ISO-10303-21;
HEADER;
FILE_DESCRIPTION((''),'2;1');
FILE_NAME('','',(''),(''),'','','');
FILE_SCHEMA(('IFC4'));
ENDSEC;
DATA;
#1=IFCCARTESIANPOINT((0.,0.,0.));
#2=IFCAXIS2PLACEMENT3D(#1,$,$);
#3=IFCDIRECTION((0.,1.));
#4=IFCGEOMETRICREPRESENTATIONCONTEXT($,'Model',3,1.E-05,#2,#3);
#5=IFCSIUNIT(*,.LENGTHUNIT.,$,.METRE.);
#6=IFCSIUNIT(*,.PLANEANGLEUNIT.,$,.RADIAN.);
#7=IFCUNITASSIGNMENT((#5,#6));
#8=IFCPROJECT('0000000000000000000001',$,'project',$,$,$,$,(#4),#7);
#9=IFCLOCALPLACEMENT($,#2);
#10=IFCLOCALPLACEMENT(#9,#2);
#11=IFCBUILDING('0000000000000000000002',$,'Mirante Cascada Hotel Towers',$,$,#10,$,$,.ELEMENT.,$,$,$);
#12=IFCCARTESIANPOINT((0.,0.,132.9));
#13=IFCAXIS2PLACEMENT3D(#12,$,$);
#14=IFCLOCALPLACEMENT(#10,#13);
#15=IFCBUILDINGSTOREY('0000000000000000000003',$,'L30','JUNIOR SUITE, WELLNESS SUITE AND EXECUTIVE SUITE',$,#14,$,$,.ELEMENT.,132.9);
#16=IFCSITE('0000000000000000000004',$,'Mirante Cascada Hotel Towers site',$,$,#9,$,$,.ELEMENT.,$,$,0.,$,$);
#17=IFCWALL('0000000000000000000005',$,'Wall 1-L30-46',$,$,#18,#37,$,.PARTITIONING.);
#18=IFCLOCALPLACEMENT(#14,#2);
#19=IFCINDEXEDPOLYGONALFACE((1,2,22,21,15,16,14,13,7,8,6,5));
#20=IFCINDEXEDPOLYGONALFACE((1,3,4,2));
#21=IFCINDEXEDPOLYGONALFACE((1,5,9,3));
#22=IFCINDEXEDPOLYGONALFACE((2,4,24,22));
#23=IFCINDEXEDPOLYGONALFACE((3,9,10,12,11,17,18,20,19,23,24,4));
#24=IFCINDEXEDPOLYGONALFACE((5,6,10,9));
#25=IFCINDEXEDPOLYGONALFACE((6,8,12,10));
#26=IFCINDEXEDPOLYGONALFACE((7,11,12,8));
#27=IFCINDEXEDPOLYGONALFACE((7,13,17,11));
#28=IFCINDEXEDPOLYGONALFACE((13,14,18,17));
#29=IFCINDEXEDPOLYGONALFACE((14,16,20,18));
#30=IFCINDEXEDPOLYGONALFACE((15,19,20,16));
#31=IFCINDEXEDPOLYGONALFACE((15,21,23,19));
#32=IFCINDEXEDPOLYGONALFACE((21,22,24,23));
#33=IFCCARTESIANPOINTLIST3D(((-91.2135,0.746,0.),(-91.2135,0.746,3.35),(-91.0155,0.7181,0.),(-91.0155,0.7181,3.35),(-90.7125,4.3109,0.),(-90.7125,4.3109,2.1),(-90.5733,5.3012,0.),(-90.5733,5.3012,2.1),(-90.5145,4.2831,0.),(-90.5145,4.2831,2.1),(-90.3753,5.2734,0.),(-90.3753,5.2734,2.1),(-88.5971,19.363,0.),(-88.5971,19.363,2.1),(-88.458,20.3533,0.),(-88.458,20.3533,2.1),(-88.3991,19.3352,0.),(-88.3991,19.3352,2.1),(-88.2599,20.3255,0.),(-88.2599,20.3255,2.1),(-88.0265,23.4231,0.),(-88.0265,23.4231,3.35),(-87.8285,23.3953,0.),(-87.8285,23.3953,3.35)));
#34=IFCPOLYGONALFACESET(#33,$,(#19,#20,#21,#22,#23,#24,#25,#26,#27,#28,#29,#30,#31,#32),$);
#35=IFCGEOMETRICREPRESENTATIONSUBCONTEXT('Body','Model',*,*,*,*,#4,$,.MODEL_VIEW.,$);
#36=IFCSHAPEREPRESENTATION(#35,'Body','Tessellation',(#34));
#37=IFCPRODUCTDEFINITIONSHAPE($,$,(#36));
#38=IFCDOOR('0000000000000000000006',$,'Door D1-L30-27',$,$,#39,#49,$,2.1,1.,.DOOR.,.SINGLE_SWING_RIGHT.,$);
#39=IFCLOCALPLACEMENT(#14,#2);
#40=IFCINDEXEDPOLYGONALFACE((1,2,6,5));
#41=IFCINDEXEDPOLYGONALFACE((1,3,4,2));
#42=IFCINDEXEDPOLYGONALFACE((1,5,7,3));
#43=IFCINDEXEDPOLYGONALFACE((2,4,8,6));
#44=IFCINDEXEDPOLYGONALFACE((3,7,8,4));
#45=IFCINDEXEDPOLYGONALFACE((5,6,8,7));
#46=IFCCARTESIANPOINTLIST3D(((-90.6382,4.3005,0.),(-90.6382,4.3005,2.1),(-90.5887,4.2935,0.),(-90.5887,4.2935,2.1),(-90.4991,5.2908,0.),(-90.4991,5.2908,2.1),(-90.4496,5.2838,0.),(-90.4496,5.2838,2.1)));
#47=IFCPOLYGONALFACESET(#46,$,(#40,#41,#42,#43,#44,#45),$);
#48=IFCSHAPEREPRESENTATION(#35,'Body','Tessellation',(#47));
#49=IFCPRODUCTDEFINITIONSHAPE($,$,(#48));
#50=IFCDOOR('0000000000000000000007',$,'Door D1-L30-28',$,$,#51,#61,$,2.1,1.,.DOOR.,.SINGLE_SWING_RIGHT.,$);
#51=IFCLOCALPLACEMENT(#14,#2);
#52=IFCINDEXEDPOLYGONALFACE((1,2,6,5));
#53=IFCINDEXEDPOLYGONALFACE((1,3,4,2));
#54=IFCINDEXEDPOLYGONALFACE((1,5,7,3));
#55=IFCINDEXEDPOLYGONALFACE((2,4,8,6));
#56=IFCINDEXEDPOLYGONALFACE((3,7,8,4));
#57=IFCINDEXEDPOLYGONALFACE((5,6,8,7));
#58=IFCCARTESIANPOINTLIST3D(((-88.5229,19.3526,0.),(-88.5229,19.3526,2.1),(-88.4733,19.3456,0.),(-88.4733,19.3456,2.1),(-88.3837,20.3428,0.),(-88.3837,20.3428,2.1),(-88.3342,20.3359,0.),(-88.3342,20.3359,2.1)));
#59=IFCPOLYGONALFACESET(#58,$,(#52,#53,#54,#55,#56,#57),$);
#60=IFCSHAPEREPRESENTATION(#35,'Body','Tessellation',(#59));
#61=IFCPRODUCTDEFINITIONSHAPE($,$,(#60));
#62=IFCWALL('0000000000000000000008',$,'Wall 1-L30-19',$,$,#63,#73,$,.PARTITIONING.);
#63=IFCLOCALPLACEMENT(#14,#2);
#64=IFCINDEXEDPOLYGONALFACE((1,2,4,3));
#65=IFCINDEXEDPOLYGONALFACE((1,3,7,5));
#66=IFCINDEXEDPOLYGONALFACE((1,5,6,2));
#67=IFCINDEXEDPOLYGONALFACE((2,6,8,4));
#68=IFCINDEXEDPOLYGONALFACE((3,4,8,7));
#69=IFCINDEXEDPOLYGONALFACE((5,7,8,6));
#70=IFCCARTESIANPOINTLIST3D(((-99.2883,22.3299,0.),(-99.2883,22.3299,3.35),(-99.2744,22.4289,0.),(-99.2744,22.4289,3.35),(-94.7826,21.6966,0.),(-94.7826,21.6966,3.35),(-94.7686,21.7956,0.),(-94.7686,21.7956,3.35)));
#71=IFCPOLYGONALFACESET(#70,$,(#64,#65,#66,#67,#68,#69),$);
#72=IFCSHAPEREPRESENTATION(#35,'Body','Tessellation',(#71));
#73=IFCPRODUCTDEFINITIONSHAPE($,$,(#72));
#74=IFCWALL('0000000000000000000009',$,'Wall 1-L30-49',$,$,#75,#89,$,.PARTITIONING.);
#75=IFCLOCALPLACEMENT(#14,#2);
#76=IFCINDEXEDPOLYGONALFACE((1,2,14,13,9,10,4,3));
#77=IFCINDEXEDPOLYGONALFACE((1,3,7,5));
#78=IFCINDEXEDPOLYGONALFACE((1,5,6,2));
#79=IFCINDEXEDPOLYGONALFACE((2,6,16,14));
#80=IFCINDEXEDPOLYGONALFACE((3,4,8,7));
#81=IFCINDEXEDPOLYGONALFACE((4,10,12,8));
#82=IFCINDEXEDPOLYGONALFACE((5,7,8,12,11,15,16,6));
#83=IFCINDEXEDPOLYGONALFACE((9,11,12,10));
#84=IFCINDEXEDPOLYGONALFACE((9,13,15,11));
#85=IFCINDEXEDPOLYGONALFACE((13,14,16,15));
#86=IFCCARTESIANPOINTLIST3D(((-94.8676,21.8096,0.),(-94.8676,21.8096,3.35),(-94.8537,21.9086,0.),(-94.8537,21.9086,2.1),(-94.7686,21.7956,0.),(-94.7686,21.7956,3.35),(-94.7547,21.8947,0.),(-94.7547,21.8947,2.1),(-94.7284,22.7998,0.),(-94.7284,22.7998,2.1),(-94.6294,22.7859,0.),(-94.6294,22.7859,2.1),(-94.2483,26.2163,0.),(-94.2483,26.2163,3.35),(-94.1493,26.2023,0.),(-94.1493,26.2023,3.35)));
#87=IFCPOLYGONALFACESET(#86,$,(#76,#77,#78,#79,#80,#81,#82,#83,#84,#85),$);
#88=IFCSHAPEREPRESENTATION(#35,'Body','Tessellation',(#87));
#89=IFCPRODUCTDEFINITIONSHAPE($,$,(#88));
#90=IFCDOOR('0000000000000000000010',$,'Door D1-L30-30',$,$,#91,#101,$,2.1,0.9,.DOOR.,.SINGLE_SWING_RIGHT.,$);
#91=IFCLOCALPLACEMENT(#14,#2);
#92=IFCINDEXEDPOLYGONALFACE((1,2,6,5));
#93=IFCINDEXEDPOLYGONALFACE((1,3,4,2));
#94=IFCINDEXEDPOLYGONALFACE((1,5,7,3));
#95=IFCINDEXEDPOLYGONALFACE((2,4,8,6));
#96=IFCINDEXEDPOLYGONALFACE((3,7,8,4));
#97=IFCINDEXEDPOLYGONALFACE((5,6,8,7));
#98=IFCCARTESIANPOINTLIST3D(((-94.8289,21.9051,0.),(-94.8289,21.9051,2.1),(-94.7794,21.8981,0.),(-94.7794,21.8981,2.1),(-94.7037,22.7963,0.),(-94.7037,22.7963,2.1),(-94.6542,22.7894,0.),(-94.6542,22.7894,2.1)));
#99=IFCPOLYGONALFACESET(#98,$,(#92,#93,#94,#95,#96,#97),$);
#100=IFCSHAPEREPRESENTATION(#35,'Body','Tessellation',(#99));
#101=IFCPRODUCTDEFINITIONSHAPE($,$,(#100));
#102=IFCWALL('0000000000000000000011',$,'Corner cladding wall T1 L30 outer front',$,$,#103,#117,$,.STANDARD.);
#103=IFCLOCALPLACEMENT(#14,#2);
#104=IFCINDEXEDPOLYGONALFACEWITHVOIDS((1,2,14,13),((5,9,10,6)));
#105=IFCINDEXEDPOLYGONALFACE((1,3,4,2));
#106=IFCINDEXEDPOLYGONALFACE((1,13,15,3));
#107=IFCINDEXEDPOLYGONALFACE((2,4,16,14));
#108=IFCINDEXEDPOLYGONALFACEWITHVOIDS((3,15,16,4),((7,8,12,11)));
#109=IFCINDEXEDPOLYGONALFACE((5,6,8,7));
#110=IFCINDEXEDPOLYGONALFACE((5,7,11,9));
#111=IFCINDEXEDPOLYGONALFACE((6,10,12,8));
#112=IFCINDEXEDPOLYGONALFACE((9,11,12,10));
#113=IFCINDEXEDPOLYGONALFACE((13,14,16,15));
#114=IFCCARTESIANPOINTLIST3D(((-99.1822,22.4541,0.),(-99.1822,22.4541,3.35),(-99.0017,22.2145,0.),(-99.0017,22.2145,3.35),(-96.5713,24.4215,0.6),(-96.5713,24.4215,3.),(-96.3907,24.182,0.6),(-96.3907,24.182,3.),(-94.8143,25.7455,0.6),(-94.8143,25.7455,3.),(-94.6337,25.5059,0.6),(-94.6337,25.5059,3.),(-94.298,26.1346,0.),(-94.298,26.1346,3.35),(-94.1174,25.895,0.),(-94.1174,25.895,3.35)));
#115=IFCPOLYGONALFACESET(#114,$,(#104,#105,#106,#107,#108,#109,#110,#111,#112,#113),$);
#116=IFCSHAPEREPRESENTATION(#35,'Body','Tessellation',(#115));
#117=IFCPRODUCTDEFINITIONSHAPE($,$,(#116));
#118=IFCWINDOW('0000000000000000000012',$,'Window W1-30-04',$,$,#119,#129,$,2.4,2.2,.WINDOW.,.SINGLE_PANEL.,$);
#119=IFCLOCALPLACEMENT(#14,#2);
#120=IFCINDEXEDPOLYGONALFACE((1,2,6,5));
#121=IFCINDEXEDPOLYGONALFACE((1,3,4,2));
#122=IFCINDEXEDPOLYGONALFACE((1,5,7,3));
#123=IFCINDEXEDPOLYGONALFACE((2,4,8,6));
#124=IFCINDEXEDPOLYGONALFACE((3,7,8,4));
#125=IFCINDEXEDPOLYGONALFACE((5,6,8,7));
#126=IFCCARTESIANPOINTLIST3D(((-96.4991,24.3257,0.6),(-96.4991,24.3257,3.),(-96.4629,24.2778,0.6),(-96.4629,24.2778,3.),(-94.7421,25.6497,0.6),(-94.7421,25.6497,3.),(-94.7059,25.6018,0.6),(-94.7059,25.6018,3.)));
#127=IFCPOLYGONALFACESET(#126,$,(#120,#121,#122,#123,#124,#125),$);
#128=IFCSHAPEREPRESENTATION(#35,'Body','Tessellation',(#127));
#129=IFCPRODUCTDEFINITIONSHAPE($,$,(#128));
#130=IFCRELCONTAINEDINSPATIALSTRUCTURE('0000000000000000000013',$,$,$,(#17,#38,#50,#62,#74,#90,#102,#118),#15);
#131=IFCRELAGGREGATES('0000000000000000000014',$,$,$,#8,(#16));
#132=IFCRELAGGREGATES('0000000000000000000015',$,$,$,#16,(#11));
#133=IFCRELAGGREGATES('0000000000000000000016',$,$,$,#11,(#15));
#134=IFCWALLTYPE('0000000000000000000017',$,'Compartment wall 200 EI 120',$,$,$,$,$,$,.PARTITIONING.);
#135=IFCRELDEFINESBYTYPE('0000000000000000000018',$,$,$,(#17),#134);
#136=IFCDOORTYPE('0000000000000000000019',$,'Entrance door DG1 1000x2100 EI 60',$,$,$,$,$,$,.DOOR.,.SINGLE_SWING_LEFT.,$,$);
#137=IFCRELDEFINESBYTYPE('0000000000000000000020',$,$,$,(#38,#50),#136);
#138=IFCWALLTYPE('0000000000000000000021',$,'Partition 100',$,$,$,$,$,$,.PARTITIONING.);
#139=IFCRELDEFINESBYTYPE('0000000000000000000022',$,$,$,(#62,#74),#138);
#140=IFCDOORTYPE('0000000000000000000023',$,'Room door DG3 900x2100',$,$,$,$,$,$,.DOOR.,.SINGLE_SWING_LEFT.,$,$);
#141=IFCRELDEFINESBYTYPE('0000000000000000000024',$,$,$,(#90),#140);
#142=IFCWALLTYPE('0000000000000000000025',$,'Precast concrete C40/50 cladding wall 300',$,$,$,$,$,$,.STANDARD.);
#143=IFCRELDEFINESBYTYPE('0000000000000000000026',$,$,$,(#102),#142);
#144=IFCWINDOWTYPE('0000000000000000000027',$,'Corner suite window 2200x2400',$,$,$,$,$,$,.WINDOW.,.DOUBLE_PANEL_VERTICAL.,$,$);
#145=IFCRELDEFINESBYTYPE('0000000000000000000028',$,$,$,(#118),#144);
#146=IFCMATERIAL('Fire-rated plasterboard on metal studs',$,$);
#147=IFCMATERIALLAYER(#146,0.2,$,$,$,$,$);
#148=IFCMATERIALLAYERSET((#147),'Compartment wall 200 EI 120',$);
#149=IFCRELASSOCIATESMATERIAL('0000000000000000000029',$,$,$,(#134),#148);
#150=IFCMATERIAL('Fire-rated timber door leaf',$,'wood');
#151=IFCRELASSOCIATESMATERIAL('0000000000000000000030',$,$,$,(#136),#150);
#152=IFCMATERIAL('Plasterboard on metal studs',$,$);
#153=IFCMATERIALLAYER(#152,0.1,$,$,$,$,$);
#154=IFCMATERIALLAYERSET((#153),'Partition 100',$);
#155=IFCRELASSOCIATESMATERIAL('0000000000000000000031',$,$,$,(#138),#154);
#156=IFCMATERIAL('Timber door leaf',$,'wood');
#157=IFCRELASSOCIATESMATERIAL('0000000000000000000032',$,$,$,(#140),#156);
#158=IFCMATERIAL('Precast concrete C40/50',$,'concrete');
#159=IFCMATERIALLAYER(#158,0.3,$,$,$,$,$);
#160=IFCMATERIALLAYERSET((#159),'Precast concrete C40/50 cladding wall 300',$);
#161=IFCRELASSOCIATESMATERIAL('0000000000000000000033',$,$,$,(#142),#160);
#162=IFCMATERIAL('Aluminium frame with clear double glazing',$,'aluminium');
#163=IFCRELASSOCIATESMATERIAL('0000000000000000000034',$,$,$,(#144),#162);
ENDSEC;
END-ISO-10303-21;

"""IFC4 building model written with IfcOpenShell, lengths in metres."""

from ifc_helpers import new_model, si_unit, direction, frame, frame_2d, origin, place, context, subcontext, project, spatial, rectangle, extrude, material, layer, layer_set, type_object, element, fill, save


model = new_model("IFC4")

# Units and contexts
model_context = context("Model", 3, precision=1e-05, world=origin(), true_north=direction((0.0, 1.0)))
body_context = subcontext(model_context, "Body", "Model", "MODEL_VIEW")
ifc_project = project(units=[si_unit("LENGTHUNIT", "METRE"), si_unit("PLANEANGLEUNIT", "RADIAN")], contexts=[model_context])

# Site, building, storey
site_placement = place(None, origin())
site = spatial("IfcSite", under=ifc_project, at=site_placement, Name="Mirante Cascada Hotel Towers site", CompositionType="ELEMENT", RefElevation=0.0)
building_placement = place(site_placement, origin())
building = spatial("IfcBuilding", under=site, at=building_placement, Name="Mirante Cascada Hotel Towers", CompositionType="ELEMENT")
storey_placement = place(building_placement, frame((0.0, 0.0, 132.9)))
storey = spatial("IfcBuildingStorey", under=building, at=storey_placement, Name="L30", Description="JUNIOR SUITE, WELLNESS SUITE AND EXECUTIVE SUITE", CompositionType="ELEMENT", Elevation=132.9)

# Wall, openings, doors
ifc_material_1 = material(Name="Fire-rated plasterboard on metal studs")
ifc_layer_1 = layer(ifc_material_1, 0.2)
ifc_layer_set_1 = layer_set([ifc_layer_1], Name="Compartment wall 200 EI 120")
wall_type_1 = type_object("IfcWallType", Name="Compartment wall 200 EI 120", PredefinedType="PARTITIONING", material=ifc_layer_set_1)
wall_1_placement = place(storey_placement, frame((-87.9275, 23.4092, 0.0), z_axis=(0.0, 0.0, 1.0), x_axis=(-0.139171, -0.990268, 0.0)))
wall_1 = element("IfcWall", 1, at=wall_1_placement, inside=storey, type_object=wall_type_1, Name="Wall 1-L30-46", PredefinedType="PARTITIONING", context=body_context, shape_type="SweptSolid", body=[
    extrude(rectangle(XDim=22.9, YDim=0.2, at=frame_2d((11.45, 0.0))), origin(), (0.0, 0.0, 1.0), 3.35),
])
opening_1_placement = place(wall_1_placement, frame((18.3, 0.0, 0.0)))
opening_1 = element("IfcOpeningElement", 2, at=opening_1_placement, cuts=wall_1, PredefinedType="OPENING", context=body_context, shape_type="SweptSolid", body=[
    extrude(rectangle(XDim=1.0, YDim=2.1, at=frame_2d((0.5, 1.05))), frame((0.0, 0.1, 0.0), z_axis=(0.0, -1.0, 0.0), x_axis=(1.0, 0.0, 0.0)), (0.0, 0.0, 1.0), 0.2),
])
opening_2_placement = place(wall_1_placement, frame((3.1, 0.0, 0.0)))
opening_2 = element("IfcOpeningElement", 3, at=opening_2_placement, cuts=wall_1, PredefinedType="OPENING", context=body_context, shape_type="SweptSolid", body=[
    extrude(rectangle(XDim=1.0, YDim=2.1, at=frame_2d((0.5, 1.05))), frame((0.0, 0.1, 0.0), z_axis=(0.0, -1.0, 0.0), x_axis=(1.0, 0.0, 0.0)), (0.0, 0.0, 1.0), 0.2),
])
ifc_material_2 = material(Name="Fire-rated timber door leaf", Category="wood")
door_type_1 = type_object("IfcDoorType", Name="Entrance door DG1 1000x2100 EI 60", OperationType="SINGLE_SWING_LEFT", PredefinedType="DOOR", material=ifc_material_2)
door_1_placement = place(opening_1_placement, frame((1.0, 0.0, 0.0), z_axis=(0.0, 0.0, 1.0), x_axis=(-1.0, 0.0, 0.0)))
door_1 = element("IfcDoor", 4, at=door_1_placement, inside=storey, type_object=door_type_1, Name="Door D1-L30-27", OperationType="SINGLE_SWING_RIGHT", OverallHeight=2.1, OverallWidth=1.0, PredefinedType="DOOR", context=body_context, shape_type="SweptSolid", body=[
    extrude(rectangle(XDim=1.0, YDim=2.1, at=frame_2d((0.5, 1.05))), frame((0.0, 0.025, 0.0), z_axis=(0.0, -1.0, 0.0), x_axis=(1.0, 0.0, 0.0)), (0.0, 0.0, 1.0), 0.05),
])
fill(opening_1, door_1)
door_2_placement = place(opening_2_placement, frame((1.0, 0.0, 0.0), z_axis=(0.0, 0.0, 1.0), x_axis=(-1.0, 0.0, 0.0)))
door_2 = element("IfcDoor", 5, at=door_2_placement, inside=storey, type_object=door_type_1, Name="Door D1-L30-28", OperationType="SINGLE_SWING_RIGHT", OverallHeight=2.1, OverallWidth=1.0, PredefinedType="DOOR", context=body_context, shape_type="SweptSolid", body=[
    extrude(rectangle(XDim=1.0, YDim=2.1, at=frame_2d((0.5, 1.05))), frame((0.0, 0.025, 0.0), z_axis=(0.0, -1.0, 0.0), x_axis=(1.0, 0.0, 0.0)), (0.0, 0.0, 1.0), 0.05),
])
fill(opening_2, door_2)

# Wall
ifc_material_3 = material(Name="Plasterboard on metal studs")
ifc_layer_2 = layer(ifc_material_3, 0.1)
ifc_layer_set_2 = layer_set([ifc_layer_2], Name="Partition 100")
wall_type_2 = type_object("IfcWallType", Name="Partition 100", PredefinedType="PARTITIONING", material=ifc_layer_set_2)
wall_2_placement = place(storey_placement, frame((-94.7756, 21.7461, 0.0), z_axis=(0.0, 0.0, 1.0), x_axis=(-0.990266, 0.139187, 0.0)))
element("IfcWall", 6, at=wall_2_placement, inside=storey, type_object=wall_type_2, Name="Wall 1-L30-19", PredefinedType="PARTITIONING", context=body_context, shape_type="SweptSolid", body=[
    extrude(rectangle(XDim=4.55, YDim=0.1, at=frame_2d((2.275, 0.0))), origin(), (0.0, 0.0, 1.0), 3.35),
])

# Wall, opening, door
wall_3_placement = place(storey_placement, frame((-94.8181, 21.8026, 0.0), z_axis=(0.0, 0.0, 1.0), x_axis=(0.139168, 0.990269, 0.0)))
wall_3 = element("IfcWall", 7, at=wall_3_placement, inside=storey, type_object=wall_type_2, Name="Wall 1-L30-49", PredefinedType="PARTITIONING", context=body_context, shape_type="SweptSolid", body=[
    extrude(rectangle(XDim=4.45, YDim=0.1, at=frame_2d((2.225, 0.0))), origin(), (0.0, 0.0, 1.0), 3.35),
])
opening_3_placement = place(wall_3_placement, frame((0.1, 0.0, 0.0)))
opening_3 = element("IfcOpeningElement", 8, at=opening_3_placement, cuts=wall_3, PredefinedType="OPENING", context=body_context, shape_type="SweptSolid", body=[
    extrude(rectangle(XDim=0.9, YDim=2.1, at=frame_2d((0.45, 1.05))), frame((0.0, 0.05, 0.0), z_axis=(0.0, -1.0, 0.0), x_axis=(1.0, 0.0, 0.0)), (0.0, 0.0, 1.0), 0.1),
])
ifc_material_4 = material(Name="Timber door leaf", Category="wood")
door_type_2 = type_object("IfcDoorType", Name="Room door DG3 900x2100", OperationType="SINGLE_SWING_LEFT", PredefinedType="DOOR", material=ifc_material_4)
door_3_placement = place(opening_3_placement, frame((0.9, 0.0, 0.0), z_axis=(0.0, 0.0, 1.0), x_axis=(-1.0, 0.0, 0.0)))
door_3 = element("IfcDoor", 9, at=door_3_placement, inside=storey, type_object=door_type_2, Name="Door D1-L30-30", OperationType="SINGLE_SWING_RIGHT", OverallHeight=2.1, OverallWidth=0.9, PredefinedType="DOOR", context=body_context, shape_type="SweptSolid", body=[
    extrude(rectangle(XDim=0.9, YDim=2.1, at=frame_2d((0.45, 1.05))), frame((0.0, 0.025, 0.0), z_axis=(0.0, -1.0, 0.0), x_axis=(1.0, 0.0, 0.0)), (0.0, 0.0, 1.0), 0.05),
])
fill(opening_3, door_3)

# Wall, opening, window
ifc_material_5 = material(Name="Precast concrete C40/50", Category="concrete")
ifc_layer_3 = layer(ifc_material_5, 0.3)
ifc_layer_set_3 = layer_set([ifc_layer_3], Name="Precast concrete C40/50 cladding wall 300")
wall_type_3 = type_object("IfcWallType", Name="Precast concrete C40/50 cladding wall 300", PredefinedType="STANDARD", material=ifc_layer_set_3)
wall_4_placement = place(storey_placement, frame((-99.0919, 22.3343, 0.0), z_axis=(0.0, 0.0, 1.0), x_axis=(0.798636, 0.601814, 0.0)))
wall_4 = element("IfcWall", 10, at=wall_4_placement, inside=storey, type_object=wall_type_3, Name="Corner cladding wall T1 L30 outer front", PredefinedType="STANDARD", context=body_context, shape_type="SweptSolid", body=[
    extrude(rectangle(XDim=6.1157, YDim=0.3, at=frame_2d((3.0578, 0.0))), origin(), (0.0, 0.0, 1.0), 3.35),
])
opening_4_placement = place(wall_4_placement, frame((3.2692, 0.0, 0.6)))
opening_4 = element("IfcOpeningElement", 11, at=opening_4_placement, cuts=wall_4, PredefinedType="OPENING", context=body_context, shape_type="SweptSolid", body=[
    extrude(rectangle(XDim=2.2, YDim=2.4, at=frame_2d((1.1, 1.2))), frame((0.0, 0.15, 0.0), z_axis=(0.0, -1.0, 0.0), x_axis=(1.0, 0.0, 0.0)), (0.0, 0.0, 1.0), 0.3),
])
ifc_material_6 = material(Name="Aluminium frame with clear double glazing", Category="aluminium")
window_type = type_object("IfcWindowType", Name="Corner suite window 2200x2400", PartitioningType="DOUBLE_PANEL_VERTICAL", PredefinedType="WINDOW", material=ifc_material_6)
window_placement = place(opening_4_placement, origin())
window = element("IfcWindow", 12, at=window_placement, inside=storey, type_object=window_type, Name="Window W1-30-04", OverallHeight=2.4, OverallWidth=2.2, PartitioningType="SINGLE_PANEL", PredefinedType="WINDOW", context=body_context, shape_type="SweptSolid", body=[
    extrude(rectangle(XDim=2.2, YDim=2.4, at=frame_2d((1.1, 1.2))), frame((0.0, 0.03, 0.0), z_axis=(0.0, -1.0, 0.0), x_axis=(1.0, 0.0, 0.0)), (0.0, 0.0, 1.0), 0.06),
])
fill(opening_4, window)

save(model, "model.ifc")
